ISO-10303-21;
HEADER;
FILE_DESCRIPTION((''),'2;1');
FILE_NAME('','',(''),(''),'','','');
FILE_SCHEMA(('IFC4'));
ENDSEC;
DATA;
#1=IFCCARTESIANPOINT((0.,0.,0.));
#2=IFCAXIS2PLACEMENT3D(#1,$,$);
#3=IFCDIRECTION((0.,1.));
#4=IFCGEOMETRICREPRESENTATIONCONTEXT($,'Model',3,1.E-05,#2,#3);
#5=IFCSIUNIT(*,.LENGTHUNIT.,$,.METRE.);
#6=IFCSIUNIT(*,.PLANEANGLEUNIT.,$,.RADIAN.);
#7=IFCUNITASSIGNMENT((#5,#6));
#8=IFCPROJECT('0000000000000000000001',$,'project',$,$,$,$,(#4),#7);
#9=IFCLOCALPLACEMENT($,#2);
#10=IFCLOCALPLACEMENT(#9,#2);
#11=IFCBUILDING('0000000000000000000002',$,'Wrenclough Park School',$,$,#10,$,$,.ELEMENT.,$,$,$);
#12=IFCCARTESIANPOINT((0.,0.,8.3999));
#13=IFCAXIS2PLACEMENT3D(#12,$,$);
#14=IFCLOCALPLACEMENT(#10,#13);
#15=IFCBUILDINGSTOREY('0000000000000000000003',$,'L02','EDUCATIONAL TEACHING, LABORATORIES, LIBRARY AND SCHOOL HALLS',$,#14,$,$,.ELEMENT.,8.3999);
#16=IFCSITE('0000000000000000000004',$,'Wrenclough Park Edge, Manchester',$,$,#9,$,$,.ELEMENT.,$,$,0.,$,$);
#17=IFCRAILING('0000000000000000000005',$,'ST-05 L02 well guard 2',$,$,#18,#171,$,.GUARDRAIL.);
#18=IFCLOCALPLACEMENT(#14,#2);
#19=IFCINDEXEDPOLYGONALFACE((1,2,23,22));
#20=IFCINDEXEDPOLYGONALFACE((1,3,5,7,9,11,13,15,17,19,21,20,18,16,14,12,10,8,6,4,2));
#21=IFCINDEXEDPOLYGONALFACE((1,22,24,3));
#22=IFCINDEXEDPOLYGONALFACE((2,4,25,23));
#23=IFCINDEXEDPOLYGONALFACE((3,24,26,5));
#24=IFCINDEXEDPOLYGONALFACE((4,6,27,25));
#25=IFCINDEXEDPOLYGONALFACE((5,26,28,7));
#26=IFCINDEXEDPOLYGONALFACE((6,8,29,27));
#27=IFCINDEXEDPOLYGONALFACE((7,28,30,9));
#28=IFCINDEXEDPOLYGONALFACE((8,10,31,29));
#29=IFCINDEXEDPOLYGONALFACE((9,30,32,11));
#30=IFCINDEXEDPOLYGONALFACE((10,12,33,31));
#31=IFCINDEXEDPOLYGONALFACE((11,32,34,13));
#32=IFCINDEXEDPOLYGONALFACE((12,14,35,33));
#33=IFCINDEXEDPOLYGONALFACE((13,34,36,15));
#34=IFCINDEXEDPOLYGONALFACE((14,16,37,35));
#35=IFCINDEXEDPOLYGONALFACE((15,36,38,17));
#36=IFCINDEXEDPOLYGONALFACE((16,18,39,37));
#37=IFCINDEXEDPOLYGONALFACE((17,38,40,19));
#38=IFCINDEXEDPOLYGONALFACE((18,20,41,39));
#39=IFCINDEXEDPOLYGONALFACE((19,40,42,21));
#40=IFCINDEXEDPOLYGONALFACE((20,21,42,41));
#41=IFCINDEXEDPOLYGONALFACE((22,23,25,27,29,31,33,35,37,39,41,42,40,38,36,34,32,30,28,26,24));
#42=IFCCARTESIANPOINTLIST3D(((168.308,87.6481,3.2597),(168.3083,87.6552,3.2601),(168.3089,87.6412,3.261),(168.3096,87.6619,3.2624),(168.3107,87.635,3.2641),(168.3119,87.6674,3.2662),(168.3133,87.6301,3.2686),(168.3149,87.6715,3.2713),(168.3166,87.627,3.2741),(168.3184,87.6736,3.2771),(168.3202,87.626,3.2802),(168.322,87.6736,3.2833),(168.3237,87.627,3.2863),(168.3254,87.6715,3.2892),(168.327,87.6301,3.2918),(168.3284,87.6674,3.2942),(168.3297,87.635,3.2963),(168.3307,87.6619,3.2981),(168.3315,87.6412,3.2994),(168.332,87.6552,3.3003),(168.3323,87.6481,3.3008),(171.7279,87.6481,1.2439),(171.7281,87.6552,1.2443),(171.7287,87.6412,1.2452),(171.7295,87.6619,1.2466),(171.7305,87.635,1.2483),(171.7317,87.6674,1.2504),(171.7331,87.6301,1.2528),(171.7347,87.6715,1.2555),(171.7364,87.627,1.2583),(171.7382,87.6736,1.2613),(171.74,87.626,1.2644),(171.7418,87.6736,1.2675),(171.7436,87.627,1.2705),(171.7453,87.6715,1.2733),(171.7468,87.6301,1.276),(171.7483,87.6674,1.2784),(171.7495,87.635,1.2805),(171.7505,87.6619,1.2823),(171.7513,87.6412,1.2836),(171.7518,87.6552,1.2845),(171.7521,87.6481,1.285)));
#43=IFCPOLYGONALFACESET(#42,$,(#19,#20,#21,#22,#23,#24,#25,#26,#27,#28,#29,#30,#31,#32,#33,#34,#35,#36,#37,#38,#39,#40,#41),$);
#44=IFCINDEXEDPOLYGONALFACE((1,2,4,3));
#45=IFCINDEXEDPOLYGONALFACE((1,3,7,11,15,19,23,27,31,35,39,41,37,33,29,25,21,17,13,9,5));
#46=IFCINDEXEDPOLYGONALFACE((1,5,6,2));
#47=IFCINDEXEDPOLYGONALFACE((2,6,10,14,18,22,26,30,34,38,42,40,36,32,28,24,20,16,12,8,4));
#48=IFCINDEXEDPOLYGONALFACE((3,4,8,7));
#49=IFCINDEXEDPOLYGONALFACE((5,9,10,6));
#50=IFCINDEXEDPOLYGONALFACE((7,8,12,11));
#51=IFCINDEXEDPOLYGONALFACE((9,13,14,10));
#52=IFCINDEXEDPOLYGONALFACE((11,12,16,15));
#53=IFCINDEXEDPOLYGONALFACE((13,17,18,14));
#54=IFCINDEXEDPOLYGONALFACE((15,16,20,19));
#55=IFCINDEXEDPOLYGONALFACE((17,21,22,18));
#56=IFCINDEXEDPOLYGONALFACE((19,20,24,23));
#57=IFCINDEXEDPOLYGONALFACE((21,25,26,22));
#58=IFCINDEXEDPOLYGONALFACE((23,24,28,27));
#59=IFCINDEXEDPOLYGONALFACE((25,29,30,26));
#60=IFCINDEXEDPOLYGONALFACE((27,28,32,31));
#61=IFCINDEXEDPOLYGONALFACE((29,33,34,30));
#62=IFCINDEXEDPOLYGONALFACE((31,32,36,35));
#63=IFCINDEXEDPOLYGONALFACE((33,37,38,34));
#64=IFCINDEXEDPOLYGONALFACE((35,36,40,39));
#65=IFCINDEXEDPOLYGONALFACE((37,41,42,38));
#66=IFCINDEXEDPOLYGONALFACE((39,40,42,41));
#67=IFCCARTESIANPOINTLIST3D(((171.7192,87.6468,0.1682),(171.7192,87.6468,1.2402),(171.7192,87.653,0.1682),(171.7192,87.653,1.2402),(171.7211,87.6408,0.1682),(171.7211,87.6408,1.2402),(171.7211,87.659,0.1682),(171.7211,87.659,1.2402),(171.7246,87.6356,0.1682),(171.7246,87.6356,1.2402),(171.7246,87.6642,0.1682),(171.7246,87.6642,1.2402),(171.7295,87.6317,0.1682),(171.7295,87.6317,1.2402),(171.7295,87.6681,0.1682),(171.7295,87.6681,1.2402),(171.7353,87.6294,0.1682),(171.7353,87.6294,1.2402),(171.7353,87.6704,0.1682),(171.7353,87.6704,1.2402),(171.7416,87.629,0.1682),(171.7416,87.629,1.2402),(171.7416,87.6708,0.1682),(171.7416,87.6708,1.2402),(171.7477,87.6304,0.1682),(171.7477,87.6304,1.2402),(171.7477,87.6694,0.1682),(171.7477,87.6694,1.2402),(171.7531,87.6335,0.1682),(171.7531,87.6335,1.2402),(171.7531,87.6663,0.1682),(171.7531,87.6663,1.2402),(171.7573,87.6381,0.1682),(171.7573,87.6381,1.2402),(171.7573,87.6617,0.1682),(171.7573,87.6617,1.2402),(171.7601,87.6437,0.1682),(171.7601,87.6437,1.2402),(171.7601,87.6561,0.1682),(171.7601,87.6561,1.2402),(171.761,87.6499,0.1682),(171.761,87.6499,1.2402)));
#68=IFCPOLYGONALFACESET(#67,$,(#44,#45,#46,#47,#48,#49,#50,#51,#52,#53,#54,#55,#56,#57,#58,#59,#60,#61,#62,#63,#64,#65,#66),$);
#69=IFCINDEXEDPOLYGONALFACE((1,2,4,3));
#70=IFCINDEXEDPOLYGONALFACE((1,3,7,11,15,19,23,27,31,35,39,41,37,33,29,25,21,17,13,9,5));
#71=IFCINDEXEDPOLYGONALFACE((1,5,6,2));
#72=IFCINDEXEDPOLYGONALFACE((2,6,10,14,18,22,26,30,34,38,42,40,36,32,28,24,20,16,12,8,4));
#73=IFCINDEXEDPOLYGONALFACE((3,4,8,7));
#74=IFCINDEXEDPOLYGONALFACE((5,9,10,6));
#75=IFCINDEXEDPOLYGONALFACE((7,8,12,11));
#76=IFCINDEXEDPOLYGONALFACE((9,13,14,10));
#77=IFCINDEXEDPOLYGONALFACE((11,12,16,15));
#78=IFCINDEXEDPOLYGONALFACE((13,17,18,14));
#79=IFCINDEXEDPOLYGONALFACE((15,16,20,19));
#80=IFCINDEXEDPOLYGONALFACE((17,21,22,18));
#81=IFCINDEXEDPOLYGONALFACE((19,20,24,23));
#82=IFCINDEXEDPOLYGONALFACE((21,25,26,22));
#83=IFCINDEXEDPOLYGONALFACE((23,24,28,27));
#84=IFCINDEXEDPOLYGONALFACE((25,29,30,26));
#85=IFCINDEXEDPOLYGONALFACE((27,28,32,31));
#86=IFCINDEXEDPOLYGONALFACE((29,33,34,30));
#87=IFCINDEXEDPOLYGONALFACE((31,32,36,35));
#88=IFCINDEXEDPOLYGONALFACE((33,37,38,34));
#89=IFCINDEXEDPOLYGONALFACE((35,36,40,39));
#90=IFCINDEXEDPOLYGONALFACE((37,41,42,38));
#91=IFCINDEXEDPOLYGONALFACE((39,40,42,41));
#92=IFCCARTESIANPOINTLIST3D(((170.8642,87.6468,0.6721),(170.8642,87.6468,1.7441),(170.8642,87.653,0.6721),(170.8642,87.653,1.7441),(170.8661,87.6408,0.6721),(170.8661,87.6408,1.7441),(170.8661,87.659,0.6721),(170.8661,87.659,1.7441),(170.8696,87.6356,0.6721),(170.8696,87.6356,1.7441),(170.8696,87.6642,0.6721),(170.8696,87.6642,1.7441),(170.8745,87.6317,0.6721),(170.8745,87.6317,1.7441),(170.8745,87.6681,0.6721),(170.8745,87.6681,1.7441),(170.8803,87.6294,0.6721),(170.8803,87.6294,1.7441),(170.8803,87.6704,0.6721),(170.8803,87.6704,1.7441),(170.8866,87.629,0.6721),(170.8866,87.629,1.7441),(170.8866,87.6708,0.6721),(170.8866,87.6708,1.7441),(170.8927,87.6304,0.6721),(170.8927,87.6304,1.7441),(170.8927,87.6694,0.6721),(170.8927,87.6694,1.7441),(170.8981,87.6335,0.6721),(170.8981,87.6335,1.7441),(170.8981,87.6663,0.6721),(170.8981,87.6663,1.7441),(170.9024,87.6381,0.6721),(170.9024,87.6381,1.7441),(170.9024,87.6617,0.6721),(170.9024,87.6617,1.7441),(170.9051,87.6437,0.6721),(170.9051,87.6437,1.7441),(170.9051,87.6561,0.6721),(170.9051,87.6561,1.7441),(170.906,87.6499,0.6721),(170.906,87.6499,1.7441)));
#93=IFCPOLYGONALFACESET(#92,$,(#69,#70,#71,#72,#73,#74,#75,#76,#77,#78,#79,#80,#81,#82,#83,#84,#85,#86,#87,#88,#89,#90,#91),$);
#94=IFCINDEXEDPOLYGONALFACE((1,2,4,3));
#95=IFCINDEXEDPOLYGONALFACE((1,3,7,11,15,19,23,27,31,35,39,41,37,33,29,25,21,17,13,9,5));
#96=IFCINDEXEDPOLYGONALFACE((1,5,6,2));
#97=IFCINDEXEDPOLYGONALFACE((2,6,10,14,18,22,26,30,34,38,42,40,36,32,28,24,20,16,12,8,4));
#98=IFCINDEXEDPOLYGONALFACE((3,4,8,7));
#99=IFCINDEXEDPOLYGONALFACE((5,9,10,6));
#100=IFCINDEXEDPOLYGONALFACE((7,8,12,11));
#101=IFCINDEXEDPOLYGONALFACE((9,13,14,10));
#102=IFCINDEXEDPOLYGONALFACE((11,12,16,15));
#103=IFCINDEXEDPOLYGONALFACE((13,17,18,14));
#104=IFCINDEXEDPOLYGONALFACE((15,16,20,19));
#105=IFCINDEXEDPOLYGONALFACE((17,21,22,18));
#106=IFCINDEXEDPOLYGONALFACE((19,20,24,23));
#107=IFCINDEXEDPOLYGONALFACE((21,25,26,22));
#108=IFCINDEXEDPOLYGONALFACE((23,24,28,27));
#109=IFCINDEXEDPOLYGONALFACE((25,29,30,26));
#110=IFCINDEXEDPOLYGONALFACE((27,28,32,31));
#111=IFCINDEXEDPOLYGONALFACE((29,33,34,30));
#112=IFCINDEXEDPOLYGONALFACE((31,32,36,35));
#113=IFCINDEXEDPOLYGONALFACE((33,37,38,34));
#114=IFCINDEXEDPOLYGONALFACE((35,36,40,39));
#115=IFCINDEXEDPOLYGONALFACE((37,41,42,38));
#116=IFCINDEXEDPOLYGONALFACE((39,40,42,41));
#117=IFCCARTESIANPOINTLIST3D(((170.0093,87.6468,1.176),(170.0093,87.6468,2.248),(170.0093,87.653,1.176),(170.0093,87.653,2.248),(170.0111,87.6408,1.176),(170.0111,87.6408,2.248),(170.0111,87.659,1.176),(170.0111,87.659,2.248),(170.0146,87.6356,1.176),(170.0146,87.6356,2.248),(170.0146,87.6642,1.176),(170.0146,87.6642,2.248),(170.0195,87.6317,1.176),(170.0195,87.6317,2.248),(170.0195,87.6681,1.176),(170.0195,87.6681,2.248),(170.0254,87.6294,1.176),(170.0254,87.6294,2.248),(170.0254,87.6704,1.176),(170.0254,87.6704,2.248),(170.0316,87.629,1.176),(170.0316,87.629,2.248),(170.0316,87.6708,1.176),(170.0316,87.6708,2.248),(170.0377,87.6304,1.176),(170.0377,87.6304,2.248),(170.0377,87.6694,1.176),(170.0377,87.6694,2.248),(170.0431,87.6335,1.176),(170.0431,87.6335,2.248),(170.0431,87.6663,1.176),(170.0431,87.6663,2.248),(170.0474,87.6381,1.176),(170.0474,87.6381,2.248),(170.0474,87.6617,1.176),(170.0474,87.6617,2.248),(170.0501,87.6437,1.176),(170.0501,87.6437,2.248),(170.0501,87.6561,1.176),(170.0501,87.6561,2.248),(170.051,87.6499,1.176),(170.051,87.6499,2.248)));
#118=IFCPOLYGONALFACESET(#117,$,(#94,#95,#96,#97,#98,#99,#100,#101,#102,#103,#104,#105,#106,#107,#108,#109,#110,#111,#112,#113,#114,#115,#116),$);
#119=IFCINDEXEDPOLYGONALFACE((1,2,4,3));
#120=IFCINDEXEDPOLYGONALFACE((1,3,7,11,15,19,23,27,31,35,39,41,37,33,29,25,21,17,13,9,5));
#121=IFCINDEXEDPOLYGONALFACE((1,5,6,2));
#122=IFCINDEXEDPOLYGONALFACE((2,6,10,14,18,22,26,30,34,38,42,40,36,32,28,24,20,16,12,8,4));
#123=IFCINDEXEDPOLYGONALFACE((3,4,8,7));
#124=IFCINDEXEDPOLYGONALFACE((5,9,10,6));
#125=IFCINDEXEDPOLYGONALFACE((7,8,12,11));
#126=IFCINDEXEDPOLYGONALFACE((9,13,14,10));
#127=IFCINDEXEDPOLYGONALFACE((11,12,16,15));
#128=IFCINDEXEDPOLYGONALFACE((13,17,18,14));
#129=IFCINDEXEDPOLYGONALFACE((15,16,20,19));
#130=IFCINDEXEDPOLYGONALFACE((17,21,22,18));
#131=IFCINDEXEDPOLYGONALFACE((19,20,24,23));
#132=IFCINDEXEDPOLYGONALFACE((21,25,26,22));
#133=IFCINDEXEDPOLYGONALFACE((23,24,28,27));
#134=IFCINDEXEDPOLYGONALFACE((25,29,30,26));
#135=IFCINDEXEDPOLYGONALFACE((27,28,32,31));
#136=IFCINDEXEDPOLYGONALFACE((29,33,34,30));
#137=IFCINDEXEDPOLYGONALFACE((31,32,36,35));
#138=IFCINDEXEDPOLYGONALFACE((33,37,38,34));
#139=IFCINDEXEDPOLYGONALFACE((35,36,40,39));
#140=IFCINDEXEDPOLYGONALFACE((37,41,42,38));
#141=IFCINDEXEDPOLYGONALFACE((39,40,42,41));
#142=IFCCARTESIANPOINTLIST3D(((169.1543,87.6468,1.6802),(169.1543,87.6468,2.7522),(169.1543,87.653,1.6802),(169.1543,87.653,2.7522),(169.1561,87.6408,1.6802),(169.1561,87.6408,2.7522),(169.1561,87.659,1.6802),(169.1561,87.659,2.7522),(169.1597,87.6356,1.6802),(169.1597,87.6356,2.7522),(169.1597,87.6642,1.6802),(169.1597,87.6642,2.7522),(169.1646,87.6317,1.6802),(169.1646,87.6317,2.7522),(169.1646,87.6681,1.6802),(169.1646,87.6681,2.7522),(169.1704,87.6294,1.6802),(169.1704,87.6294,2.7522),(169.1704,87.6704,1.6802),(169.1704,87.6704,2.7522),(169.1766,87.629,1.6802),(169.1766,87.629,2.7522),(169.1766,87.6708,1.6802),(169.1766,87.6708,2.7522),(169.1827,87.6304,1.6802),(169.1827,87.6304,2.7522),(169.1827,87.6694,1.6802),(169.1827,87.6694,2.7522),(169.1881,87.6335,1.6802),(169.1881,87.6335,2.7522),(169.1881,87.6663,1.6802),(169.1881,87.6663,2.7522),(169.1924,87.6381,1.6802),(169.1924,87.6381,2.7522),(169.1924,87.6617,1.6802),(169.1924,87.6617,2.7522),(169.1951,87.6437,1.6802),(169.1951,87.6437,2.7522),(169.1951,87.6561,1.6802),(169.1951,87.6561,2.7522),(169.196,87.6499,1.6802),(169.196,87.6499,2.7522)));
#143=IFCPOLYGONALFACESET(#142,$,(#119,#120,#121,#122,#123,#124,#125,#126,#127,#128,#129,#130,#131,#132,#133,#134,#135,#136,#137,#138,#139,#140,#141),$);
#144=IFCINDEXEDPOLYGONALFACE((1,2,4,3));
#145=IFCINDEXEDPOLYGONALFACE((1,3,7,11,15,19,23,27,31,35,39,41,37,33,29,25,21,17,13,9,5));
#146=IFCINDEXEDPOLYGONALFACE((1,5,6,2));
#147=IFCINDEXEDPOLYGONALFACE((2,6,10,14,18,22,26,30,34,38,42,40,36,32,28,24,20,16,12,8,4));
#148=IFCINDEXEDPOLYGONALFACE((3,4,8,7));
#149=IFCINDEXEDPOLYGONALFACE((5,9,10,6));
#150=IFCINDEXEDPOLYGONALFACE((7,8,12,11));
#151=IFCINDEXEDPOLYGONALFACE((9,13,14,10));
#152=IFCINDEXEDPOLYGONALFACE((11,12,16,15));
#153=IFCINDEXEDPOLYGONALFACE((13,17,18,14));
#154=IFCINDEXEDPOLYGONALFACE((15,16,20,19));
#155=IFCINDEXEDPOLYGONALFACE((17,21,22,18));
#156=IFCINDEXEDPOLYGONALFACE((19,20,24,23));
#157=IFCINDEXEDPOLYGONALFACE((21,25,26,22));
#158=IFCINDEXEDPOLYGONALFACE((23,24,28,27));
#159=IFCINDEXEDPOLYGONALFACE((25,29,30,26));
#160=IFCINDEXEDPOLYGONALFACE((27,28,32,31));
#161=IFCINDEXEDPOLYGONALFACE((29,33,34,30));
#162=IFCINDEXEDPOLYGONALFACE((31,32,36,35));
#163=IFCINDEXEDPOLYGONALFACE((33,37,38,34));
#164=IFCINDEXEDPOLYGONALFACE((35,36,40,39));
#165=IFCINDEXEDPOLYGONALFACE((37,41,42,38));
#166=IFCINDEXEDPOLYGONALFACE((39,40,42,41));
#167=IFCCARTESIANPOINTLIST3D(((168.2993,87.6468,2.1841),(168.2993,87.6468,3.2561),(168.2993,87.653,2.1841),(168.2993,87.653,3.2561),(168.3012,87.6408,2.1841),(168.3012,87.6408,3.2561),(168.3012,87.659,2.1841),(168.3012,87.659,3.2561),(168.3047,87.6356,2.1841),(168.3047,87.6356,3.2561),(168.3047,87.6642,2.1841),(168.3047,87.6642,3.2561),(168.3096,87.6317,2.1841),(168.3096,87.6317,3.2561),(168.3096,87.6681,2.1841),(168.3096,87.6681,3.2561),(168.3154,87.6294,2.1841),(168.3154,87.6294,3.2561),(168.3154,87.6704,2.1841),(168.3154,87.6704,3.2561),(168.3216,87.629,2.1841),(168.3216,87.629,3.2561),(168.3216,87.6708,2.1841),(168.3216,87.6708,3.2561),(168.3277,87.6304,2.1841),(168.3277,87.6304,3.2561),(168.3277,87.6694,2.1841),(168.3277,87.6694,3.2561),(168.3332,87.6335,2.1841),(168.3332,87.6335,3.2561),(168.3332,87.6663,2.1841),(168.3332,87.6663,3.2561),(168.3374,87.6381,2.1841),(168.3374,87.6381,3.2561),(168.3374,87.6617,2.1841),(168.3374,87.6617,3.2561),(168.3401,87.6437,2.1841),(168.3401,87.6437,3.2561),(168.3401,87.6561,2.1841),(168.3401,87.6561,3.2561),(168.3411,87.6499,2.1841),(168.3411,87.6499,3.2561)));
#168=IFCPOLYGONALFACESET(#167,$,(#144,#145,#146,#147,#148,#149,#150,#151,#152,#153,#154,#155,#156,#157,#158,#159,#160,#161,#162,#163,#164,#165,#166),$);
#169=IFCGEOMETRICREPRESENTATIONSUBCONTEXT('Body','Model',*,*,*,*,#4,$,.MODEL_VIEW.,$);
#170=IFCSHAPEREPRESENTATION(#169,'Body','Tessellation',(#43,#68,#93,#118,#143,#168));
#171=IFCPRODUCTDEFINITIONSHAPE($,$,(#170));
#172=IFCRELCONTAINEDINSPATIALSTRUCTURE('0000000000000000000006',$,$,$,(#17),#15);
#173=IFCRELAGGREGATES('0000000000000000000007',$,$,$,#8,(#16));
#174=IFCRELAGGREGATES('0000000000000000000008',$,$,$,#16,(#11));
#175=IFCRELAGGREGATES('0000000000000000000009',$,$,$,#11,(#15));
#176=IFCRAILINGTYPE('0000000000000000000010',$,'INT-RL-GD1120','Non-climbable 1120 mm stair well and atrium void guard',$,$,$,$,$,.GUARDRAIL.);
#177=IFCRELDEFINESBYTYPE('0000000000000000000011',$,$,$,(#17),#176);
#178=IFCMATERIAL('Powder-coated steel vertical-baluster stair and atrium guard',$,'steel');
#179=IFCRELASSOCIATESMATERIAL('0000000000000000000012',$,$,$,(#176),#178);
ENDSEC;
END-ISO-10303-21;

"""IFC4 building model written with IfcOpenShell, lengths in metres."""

from ifc_helpers import new_model, si_unit, direction, frame, origin, origin_2d, place, context, subcontext, project, spatial, circle, extrude, material, type_object, element, save


model = new_model("IFC4")

# Units and contexts
model_context = context("Model", 3, precision=1e-05, world=origin(), true_north=direction((0.0, 1.0)))
body_context = subcontext(model_context, "Body", "Model", "MODEL_VIEW")
ifc_project = project(units=[si_unit("LENGTHUNIT", "METRE"), si_unit("PLANEANGLEUNIT", "RADIAN")], contexts=[model_context])

# Site, building, storey
site_placement = place(None, origin())
site = spatial("IfcSite", under=ifc_project, at=site_placement, Name="Wrenclough Park Edge, Manchester", CompositionType="ELEMENT", RefElevation=0.0)
building_placement = place(site_placement, origin())
building = spatial("IfcBuilding", under=site, at=building_placement, Name="Wrenclough Park School", CompositionType="ELEMENT")
storey_placement = place(building_placement, frame((0.0, 0.0, 8.3999)))
storey = spatial("IfcBuildingStorey", under=building, at=storey_placement, Name="L02", Description="EDUCATIONAL TEACHING, LABORATORIES, LIBRARY AND SCHOOL HALLS", CompositionType="ELEMENT", Elevation=8.3999)

# Railing
ifc_material_1 = material(Name="Powder-coated steel vertical-baluster stair and atrium guard", Category="steel")
railing_type_1 = type_object("IfcRailingType", Name="INT-RL-GD1120", Description="Non-climbable 1120 mm stair well and atrium void guard", PredefinedType="GUARDRAIL", material=ifc_material_1)
railing_1_placement = place(storey_placement, frame((171.74, 87.6499, 0.1682)))
element("IfcRailing", 1, at=railing_1_placement, inside=storey, type_object=railing_type_1, Name="ST-05 L02 well guard 2", PredefinedType="GUARDRAIL", context=body_context, shape_type="SweptSolid", body=[
    extrude(circle(Radius=0.0239, at=origin_2d()), frame((0.0, 0.0, 1.0962), z_axis=(-0.861477, 0.0, 0.507797), x_axis=(0.0, -1.0, 0.0)), (0.0, 0.0, 1.0), 3.9697),
    extrude(circle(Radius=0.021, at=origin_2d()), origin(), (0.0, 0.0, 1.0), 1.072),
    extrude(circle(Radius=0.021, at=origin_2d()), frame((-0.855, 0.0, 0.5039)), (0.0, 0.0, 1.0), 1.072),
    extrude(circle(Radius=0.021, at=origin_2d()), frame((-1.71, 0.0, 1.0078)), (0.0, 0.0, 1.0), 1.072),
    extrude(circle(Radius=0.021, at=origin_2d()), frame((-2.5649, 0.0, 1.512)), (0.0, 0.0, 1.0), 1.072),
    extrude(circle(Radius=0.021, at=origin_2d()), frame((-3.4199, 0.0, 2.0159)), (0.0, 0.0, 1.0), 1.072),
])

save(model, "model.ifc")
